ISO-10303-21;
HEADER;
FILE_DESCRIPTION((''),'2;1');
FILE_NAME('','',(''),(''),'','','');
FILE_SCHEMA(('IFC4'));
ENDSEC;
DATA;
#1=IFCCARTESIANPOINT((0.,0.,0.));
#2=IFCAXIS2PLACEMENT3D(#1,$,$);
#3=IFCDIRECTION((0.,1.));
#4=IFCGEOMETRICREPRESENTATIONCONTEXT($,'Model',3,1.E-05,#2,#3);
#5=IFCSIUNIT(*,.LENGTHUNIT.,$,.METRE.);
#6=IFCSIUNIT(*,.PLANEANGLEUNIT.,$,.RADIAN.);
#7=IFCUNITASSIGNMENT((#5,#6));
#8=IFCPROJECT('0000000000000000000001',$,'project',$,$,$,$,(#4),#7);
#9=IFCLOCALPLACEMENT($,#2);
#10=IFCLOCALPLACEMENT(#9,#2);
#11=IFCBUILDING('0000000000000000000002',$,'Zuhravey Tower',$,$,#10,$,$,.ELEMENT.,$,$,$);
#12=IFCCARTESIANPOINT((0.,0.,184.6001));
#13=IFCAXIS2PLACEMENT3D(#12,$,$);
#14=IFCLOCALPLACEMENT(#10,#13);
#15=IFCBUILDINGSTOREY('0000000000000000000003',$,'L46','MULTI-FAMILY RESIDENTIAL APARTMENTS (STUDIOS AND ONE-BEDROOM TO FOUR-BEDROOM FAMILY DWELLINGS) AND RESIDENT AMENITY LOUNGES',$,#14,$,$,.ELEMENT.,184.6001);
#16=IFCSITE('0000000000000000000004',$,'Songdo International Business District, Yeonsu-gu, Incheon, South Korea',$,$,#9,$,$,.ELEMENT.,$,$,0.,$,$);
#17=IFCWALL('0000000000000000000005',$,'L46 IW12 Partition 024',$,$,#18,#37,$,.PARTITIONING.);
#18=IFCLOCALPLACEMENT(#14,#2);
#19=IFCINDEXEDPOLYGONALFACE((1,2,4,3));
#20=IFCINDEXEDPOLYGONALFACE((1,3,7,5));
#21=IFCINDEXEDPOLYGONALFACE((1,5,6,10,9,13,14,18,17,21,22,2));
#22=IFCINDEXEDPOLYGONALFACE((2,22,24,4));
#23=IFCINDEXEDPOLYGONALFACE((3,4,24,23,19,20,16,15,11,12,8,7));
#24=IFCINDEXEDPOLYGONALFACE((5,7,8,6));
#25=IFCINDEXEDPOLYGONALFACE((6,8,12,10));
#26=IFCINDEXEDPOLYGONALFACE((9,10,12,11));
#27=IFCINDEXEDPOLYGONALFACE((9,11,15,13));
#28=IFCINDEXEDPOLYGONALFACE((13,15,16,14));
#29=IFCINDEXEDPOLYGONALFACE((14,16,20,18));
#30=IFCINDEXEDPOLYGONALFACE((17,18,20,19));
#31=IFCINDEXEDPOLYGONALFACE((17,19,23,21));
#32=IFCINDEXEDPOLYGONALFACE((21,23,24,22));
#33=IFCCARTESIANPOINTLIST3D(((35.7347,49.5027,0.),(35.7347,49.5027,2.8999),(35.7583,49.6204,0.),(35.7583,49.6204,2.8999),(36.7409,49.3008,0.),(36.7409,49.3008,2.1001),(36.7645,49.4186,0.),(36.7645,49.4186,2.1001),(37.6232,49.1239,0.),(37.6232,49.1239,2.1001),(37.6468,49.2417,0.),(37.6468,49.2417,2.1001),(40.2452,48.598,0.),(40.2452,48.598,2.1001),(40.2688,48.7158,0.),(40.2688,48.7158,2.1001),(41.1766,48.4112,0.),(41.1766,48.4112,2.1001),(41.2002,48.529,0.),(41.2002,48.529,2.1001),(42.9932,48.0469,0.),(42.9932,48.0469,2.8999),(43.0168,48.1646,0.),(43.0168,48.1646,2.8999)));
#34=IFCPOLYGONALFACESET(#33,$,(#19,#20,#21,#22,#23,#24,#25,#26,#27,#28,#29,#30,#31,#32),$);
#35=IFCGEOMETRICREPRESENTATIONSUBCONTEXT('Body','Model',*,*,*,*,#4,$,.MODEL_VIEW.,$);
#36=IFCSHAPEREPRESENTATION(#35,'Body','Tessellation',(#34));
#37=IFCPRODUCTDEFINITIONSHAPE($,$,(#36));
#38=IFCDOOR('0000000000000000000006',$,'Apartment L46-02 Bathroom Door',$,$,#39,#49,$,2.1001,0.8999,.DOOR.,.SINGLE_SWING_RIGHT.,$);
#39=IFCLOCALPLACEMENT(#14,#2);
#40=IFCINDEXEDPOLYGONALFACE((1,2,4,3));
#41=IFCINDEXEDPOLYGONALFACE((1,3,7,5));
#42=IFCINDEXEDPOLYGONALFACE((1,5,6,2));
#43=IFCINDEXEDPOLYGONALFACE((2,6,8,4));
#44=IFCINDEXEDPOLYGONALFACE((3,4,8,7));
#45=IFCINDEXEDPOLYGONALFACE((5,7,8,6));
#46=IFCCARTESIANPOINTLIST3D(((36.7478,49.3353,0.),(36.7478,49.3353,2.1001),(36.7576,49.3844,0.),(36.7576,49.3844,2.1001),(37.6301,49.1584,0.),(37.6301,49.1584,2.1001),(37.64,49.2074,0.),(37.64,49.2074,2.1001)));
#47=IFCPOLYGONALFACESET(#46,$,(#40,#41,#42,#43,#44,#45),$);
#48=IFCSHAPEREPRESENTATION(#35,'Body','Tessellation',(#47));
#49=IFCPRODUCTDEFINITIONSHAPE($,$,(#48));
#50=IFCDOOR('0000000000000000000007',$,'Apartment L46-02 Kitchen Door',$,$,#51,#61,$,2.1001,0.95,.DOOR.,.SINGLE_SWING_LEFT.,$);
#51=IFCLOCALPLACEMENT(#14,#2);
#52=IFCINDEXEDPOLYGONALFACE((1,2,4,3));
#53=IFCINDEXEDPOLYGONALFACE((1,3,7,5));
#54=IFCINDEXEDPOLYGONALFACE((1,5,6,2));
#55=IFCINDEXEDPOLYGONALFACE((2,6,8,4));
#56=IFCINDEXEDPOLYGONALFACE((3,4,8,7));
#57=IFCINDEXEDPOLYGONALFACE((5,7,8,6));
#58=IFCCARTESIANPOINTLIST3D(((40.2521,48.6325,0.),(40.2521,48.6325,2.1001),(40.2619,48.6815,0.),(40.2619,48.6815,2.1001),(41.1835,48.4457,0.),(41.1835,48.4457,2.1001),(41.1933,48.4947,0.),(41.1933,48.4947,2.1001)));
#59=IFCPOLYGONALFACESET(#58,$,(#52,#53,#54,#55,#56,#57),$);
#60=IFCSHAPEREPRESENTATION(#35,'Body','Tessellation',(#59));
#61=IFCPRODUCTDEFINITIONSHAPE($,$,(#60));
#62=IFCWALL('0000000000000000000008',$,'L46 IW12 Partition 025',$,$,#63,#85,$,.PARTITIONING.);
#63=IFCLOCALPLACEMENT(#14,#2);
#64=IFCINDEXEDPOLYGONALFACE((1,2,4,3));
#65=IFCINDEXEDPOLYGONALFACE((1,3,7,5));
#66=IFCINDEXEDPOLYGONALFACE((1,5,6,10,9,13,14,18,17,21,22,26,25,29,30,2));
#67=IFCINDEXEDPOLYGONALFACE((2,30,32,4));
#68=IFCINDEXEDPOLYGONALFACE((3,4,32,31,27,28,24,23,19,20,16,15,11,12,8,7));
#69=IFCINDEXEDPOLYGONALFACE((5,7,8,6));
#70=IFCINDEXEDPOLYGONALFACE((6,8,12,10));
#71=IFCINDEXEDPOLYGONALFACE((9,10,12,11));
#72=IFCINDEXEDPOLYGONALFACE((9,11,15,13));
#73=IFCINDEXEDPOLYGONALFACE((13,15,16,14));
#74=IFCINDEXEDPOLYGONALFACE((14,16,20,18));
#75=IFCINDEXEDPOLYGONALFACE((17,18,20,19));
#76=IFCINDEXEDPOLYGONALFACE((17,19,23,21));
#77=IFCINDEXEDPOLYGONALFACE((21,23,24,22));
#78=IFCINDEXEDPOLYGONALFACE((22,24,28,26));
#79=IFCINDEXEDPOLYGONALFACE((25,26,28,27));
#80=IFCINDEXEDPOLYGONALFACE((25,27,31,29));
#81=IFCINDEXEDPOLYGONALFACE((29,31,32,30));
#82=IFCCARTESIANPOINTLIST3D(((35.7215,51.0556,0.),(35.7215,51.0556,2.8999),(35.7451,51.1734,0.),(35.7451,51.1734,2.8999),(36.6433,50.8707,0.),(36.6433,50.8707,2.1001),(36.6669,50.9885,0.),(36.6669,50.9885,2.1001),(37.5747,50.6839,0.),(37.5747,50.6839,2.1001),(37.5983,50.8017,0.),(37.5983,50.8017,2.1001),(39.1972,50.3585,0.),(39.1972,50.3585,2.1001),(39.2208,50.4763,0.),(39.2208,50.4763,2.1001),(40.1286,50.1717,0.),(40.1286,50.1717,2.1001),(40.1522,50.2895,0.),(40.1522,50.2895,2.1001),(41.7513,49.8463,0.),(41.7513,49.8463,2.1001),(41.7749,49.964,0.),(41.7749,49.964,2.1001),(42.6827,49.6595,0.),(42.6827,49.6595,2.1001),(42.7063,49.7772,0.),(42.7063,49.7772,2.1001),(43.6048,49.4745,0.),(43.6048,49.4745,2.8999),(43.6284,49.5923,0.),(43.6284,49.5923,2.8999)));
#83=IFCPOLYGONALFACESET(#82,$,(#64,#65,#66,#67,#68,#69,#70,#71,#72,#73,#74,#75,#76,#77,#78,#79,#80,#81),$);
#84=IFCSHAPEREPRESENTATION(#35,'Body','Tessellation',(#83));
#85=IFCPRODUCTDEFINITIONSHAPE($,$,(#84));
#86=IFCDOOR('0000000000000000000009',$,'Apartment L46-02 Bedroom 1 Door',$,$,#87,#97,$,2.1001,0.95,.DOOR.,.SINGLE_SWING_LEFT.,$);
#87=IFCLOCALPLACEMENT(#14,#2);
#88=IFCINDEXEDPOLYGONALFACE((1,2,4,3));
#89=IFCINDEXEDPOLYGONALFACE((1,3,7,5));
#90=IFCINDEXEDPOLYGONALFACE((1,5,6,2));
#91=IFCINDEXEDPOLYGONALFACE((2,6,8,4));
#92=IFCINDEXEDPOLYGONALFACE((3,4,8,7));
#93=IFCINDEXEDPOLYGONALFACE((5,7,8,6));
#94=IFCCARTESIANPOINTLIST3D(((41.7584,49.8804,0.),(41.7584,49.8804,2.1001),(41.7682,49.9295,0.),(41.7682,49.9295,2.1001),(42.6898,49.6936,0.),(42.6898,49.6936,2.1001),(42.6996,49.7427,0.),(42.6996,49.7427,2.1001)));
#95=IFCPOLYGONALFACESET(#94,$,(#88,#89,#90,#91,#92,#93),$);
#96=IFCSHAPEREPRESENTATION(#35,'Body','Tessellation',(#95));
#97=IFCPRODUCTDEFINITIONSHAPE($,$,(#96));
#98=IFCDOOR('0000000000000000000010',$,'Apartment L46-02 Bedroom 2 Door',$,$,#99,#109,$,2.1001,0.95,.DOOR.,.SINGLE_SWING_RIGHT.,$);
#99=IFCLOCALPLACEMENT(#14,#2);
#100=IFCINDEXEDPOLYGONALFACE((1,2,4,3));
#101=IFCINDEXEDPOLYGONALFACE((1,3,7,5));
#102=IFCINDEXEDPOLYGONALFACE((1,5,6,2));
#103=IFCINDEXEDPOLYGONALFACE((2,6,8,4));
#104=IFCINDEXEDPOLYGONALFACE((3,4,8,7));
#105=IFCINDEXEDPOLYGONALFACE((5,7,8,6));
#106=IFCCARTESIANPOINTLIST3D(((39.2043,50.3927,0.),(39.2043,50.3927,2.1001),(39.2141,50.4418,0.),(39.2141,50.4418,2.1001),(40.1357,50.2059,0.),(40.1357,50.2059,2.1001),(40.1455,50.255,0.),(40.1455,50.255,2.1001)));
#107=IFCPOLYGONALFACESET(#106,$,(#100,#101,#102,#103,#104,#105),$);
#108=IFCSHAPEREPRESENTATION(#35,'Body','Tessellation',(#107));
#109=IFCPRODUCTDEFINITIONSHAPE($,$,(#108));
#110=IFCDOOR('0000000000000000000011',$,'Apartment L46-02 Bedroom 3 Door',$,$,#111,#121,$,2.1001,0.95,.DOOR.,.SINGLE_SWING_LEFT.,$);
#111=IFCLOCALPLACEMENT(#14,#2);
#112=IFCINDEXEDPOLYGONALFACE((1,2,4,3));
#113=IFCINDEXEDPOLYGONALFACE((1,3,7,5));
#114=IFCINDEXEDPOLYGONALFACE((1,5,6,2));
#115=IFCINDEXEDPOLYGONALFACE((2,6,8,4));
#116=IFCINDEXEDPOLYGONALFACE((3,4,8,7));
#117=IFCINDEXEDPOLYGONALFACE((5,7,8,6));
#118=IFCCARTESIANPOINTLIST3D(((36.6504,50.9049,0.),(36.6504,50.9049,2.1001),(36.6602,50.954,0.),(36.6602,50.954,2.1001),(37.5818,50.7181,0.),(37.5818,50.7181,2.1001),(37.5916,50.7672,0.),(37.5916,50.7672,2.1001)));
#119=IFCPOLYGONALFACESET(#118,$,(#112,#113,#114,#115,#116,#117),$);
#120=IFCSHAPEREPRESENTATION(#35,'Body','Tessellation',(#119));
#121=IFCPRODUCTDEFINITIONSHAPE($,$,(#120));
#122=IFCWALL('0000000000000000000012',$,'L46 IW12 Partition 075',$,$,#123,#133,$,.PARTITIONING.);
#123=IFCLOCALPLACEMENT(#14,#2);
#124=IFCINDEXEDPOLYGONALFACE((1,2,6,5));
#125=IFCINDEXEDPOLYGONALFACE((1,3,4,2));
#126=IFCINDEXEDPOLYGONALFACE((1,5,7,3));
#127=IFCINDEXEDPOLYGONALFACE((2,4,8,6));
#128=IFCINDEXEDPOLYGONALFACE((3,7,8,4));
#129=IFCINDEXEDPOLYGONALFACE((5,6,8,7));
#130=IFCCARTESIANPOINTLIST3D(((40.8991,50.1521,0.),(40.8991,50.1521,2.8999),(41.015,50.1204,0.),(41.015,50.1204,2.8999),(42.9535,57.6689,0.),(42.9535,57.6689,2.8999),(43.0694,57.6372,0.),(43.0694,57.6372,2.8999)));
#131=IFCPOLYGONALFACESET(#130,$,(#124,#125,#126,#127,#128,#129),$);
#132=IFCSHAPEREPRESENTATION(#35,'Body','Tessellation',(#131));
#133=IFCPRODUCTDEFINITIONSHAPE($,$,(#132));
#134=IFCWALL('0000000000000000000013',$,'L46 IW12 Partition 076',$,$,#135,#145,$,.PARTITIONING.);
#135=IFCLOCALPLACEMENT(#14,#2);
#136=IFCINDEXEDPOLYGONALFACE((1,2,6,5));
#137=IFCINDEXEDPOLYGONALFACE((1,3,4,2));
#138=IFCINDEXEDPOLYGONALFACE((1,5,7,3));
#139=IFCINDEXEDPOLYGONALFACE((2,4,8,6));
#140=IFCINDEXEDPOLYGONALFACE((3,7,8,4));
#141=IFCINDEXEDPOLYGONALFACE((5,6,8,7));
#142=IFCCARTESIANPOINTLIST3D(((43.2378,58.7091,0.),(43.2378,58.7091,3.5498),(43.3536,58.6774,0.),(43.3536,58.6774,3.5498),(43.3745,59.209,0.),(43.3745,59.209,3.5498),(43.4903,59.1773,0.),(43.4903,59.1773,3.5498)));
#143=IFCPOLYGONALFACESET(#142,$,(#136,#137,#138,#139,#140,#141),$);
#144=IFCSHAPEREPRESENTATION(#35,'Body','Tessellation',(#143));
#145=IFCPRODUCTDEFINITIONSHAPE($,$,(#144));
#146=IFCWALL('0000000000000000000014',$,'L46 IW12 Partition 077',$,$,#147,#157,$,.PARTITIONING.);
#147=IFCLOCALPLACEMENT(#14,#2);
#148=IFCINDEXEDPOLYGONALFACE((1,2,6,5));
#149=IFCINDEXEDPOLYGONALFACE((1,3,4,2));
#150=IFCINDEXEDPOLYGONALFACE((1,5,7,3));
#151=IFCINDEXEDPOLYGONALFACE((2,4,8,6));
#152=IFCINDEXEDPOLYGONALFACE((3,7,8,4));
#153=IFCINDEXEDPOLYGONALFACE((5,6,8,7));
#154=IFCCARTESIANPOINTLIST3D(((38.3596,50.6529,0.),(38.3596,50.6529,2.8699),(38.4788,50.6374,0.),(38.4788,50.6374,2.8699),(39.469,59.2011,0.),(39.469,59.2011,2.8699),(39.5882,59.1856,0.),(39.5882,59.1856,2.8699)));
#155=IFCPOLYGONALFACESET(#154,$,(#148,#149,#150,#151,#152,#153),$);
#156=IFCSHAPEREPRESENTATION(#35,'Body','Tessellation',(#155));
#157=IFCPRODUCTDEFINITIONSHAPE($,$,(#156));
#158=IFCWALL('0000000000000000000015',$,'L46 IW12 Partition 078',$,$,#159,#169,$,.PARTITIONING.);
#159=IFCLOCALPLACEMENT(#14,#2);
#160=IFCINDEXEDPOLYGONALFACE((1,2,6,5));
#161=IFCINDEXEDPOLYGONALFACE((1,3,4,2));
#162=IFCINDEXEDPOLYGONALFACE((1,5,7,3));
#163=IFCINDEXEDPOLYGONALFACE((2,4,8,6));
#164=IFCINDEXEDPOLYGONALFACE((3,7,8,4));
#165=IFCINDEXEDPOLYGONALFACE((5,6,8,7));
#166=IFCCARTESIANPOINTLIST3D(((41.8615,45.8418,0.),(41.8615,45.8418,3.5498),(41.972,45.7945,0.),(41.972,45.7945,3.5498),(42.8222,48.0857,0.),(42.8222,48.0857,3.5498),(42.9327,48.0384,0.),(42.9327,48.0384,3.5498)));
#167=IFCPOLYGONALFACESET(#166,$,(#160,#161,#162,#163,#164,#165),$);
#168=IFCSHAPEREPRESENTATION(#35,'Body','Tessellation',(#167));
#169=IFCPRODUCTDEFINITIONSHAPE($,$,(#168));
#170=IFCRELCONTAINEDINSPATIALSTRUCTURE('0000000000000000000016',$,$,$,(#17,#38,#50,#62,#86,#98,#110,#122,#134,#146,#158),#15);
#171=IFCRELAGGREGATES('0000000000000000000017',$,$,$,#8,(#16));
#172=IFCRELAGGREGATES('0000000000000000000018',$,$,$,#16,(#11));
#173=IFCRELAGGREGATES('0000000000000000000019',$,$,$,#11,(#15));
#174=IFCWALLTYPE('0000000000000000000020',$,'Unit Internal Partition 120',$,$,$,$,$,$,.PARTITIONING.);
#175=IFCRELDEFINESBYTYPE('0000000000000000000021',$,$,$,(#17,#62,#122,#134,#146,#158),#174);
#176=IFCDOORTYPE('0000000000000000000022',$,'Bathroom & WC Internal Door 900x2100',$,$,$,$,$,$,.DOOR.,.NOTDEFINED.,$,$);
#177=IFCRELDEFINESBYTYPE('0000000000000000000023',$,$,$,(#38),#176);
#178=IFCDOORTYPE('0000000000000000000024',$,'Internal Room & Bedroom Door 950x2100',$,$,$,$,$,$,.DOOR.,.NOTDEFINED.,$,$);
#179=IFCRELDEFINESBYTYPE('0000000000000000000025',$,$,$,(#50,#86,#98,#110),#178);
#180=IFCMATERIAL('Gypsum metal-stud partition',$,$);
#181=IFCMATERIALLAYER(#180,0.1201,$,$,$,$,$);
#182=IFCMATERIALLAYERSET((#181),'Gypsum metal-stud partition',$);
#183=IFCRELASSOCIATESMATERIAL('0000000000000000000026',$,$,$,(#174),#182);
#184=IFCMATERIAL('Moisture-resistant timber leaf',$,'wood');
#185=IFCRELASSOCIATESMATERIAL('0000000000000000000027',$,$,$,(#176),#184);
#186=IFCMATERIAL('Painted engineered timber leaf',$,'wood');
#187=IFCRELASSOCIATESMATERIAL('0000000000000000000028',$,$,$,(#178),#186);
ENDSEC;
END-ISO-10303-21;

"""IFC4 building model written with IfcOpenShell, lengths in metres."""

from ifc_helpers import new_model, si_unit, direction, frame, frame_2d, origin, place, context, subcontext, project, spatial, rectangle, extrude, material, layer, layer_set, type_object, element, fill, save


model = new_model("IFC4")

# Units and contexts
model_context = context("Model", 3, precision=1e-05, world=origin(), true_north=direction((0.0, 1.0)))
body_context = subcontext(model_context, "Body", "Model", "MODEL_VIEW")
ifc_project = project(units=[si_unit("LENGTHUNIT", "METRE"), si_unit("PLANEANGLEUNIT", "RADIAN")], contexts=[model_context])

# Site, building, storey
site_placement = place(None, origin())
site = spatial("IfcSite", under=ifc_project, at=site_placement, Name="Songdo International Business District, Yeonsu-gu, Incheon, South Korea", CompositionType="ELEMENT", RefElevation=0.0)
building_placement = place(site_placement, origin())
building = spatial("IfcBuilding", under=site, at=building_placement, Name="Zuhravey Tower", CompositionType="ELEMENT")
storey_placement = place(building_placement, frame((0.0, 0.0, 184.6001)))
storey = spatial("IfcBuildingStorey", under=building, at=storey_placement, Name="L46", Description="MULTI-FAMILY RESIDENTIAL APARTMENTS (STUDIOS AND ONE-BEDROOM TO FOUR-BEDROOM FAMILY DWELLINGS) AND RESIDENT AMENITY LOUNGES", CompositionType="ELEMENT", Elevation=184.6001)

# Walls, openings, doors
ifc_material_1 = material(Name="Gypsum metal-stud partition")
ifc_layer_1 = layer(ifc_material_1, 0.1201)
ifc_layer_set_1 = layer_set([ifc_layer_1], Name="Gypsum metal-stud partition")
wall_type_1 = type_object("IfcWallType", Name="Unit Internal Partition 120", PredefinedType="PARTITIONING", material=ifc_layer_set_1)
wall_1_placement = place(storey_placement, frame((43.0051, 48.1057, 0.0), z_axis=(0.0, 0.0, 1.0), x_axis=(-0.980474, 0.196649, 0.0)))
wall_1 = element("IfcWall", 1, at=wall_1_placement, inside=storey, type_object=wall_type_1, Name="L46 IW12 Partition 024", PredefinedType="PARTITIONING", context=body_context, shape_type="SweptSolid", body=[
    extrude(rectangle(XDim=7.4031, YDim=0.1201, at=frame_2d((3.7017, 0.0))), origin(), (0.0, 0.0, 1.0), 2.8999),
])
opening_1_placement = place(wall_1_placement, frame((1.8528, 0.0, 0.0)))
opening_1 = element("IfcOpeningElement", 2, at=opening_1_placement, cuts=wall_1, PredefinedType="OPENING", context=body_context, shape_type="SweptSolid", body=[
    extrude(rectangle(XDim=0.95, YDim=2.1001, at=frame_2d((0.4751, 1.05))), frame((0.0, 0.072, 0.0), z_axis=(0.0, -1.0, 0.0), x_axis=(1.0, 0.0, 0.0)), (0.0, 0.0, 1.0), 0.144),
])
opening_2_placement = place(wall_1_placement, frame((5.4771, 0.0, 0.0)))
opening_2 = element("IfcOpeningElement", 3, at=opening_2_placement, cuts=wall_1, PredefinedType="OPENING", context=body_context, shape_type="SweptSolid", body=[
    extrude(rectangle(XDim=0.8999, YDim=2.1001, at=frame_2d((0.45, 1.05))), frame((0.0, 0.072, 0.0), z_axis=(0.0, -1.0, 0.0), x_axis=(1.0, 0.0, 0.0)), (0.0, 0.0, 1.0), 0.144),
])
ifc_material_2 = material(Name="Moisture-resistant timber leaf", Category="wood")
door_type_1 = type_object("IfcDoorType", Name="Bathroom & WC Internal Door 900x2100", OperationType="NOTDEFINED", PredefinedType="DOOR", material=ifc_material_2)
door_1_placement = place(opening_2_placement, origin())
door_1 = element("IfcDoor", 4, at=door_1_placement, inside=storey, type_object=door_type_1, Name="Apartment L46-02 Bathroom Door", OperationType="SINGLE_SWING_RIGHT", OverallHeight=2.1001, OverallWidth=0.8999, PredefinedType="DOOR", context=body_context, shape_type="SweptSolid", body=[
    extrude(rectangle(XDim=0.8999, YDim=2.1001, at=frame_2d((0.45, 1.05))), frame((0.0, 0.0249, 0.0), z_axis=(0.0, -1.0, 0.0), x_axis=(1.0, 0.0, 0.0)), (0.0, 0.0, 1.0), 0.05),
])
fill(opening_2, door_1)
ifc_material_3 = material(Name="Painted engineered timber leaf", Category="wood")
door_type_2 = type_object("IfcDoorType", Name="Internal Room & Bedroom Door 950x2100", OperationType="NOTDEFINED", PredefinedType="DOOR", material=ifc_material_3)
door_2_placement = place(opening_1_placement, origin())
door_2 = element("IfcDoor", 5, at=door_2_placement, inside=storey, type_object=door_type_2, Name="Apartment L46-02 Kitchen Door", OperationType="SINGLE_SWING_LEFT", OverallHeight=2.1001, OverallWidth=0.95, PredefinedType="DOOR", context=body_context, shape_type="SweptSolid", body=[
    extrude(rectangle(XDim=0.95, YDim=2.1001, at=frame_2d((0.4751, 1.05))), frame((0.0, 0.0249, 0.0), z_axis=(0.0, -1.0, 0.0), x_axis=(1.0, 0.0, 0.0)), (0.0, 0.0, 1.0), 0.05),
])
fill(opening_1, door_2)
wall_2_placement = place(storey_placement, frame((43.6165, 49.5334, 0.0), z_axis=(0.0, 0.0, 1.0), x_axis=(-0.980475, 0.196642, 0.0)))
wall_2 = element("IfcWall", 6, at=wall_2_placement, inside=storey, type_object=wall_type_1, Name="L46 IW12 Partition 025", PredefinedType="PARTITIONING", context=body_context, shape_type="SweptSolid", body=[
    extrude(rectangle(XDim=8.0403, YDim=0.1201, at=frame_2d((4.02, 0.0))), origin(), (0.0, 0.0, 1.0), 2.8999),
])
opening_3_placement = place(wall_2_placement, frame((0.9402, 0.0, 0.0)))
opening_3 = element("IfcOpeningElement", 7, at=opening_3_placement, cuts=wall_2, PredefinedType="OPENING", context=body_context, shape_type="SweptSolid", body=[
    extrude(rectangle(XDim=0.95, YDim=2.1001, at=frame_2d((0.4751, 1.05))), frame((0.0, 0.072, 0.0), z_axis=(0.0, -1.0, 0.0), x_axis=(1.0, 0.0, 0.0)), (0.0, 0.0, 1.0), 0.144),
])
opening_4_placement = place(wall_2_placement, frame((3.5452, 0.0, 0.0)))
opening_4 = element("IfcOpeningElement", 8, at=opening_4_placement, cuts=wall_2, PredefinedType="OPENING", context=body_context, shape_type="SweptSolid", body=[
    extrude(rectangle(XDim=0.95, YDim=2.1001, at=frame_2d((0.4751, 1.05))), frame((0.0, 0.072, 0.0), z_axis=(0.0, -1.0, 0.0), x_axis=(1.0, 0.0, 0.0)), (0.0, 0.0, 1.0), 0.144),
])
opening_5_placement = place(wall_2_placement, frame((6.1499, 0.0, 0.0)))
opening_5 = element("IfcOpeningElement", 9, at=opening_5_placement, cuts=wall_2, PredefinedType="OPENING", context=body_context, shape_type="SweptSolid", body=[
    extrude(rectangle(XDim=0.95, YDim=2.1001, at=frame_2d((0.4751, 1.05))), frame((0.0, 0.072, 0.0), z_axis=(0.0, -1.0, 0.0), x_axis=(1.0, 0.0, 0.0)), (0.0, 0.0, 1.0), 0.144),
])
door_3_placement = place(opening_3_placement, frame((0.95, 0.0, 0.0), z_axis=(0.0, 0.0, 1.0), x_axis=(-1.0, 0.0, 0.0)))
door_3 = element("IfcDoor", 10, at=door_3_placement, inside=storey, type_object=door_type_2, Name="Apartment L46-02 Bedroom 1 Door", OperationType="SINGLE_SWING_LEFT", OverallHeight=2.1001, OverallWidth=0.95, PredefinedType="DOOR", context=body_context, shape_type="SweptSolid", body=[
    extrude(rectangle(XDim=0.95, YDim=2.1001, at=frame_2d((0.4751, 1.05))), frame((0.0, 0.0249, 0.0), z_axis=(0.0, -1.0, 0.0), x_axis=(1.0, 0.0, 0.0)), (0.0, 0.0, 1.0), 0.05),
])
fill(opening_3, door_3)
door_4_placement = place(opening_4_placement, frame((0.95, 0.0, 0.0), z_axis=(0.0, 0.0, 1.0), x_axis=(-1.0, 0.0, 0.0)))
door_4 = element("IfcDoor", 11, at=door_4_placement, inside=storey, type_object=door_type_2, Name="Apartment L46-02 Bedroom 2 Door", OperationType="SINGLE_SWING_RIGHT", OverallHeight=2.1001, OverallWidth=0.95, PredefinedType="DOOR", context=body_context, shape_type="SweptSolid", body=[
    extrude(rectangle(XDim=0.95, YDim=2.1001, at=frame_2d((0.4751, 1.05))), frame((0.0, 0.0249, 0.0), z_axis=(0.0, -1.0, 0.0), x_axis=(1.0, 0.0, 0.0)), (0.0, 0.0, 1.0), 0.05),
])
fill(opening_4, door_4)
door_5_placement = place(opening_5_placement, frame((0.95, 0.0, 0.0), z_axis=(0.0, 0.0, 1.0), x_axis=(-1.0, 0.0, 0.0)))
door_5 = element("IfcDoor", 12, at=door_5_placement, inside=storey, type_object=door_type_2, Name="Apartment L46-02 Bedroom 3 Door", OperationType="SINGLE_SWING_LEFT", OverallHeight=2.1001, OverallWidth=0.95, PredefinedType="DOOR", context=body_context, shape_type="SweptSolid", body=[
    extrude(rectangle(XDim=0.95, YDim=2.1001, at=frame_2d((0.4751, 1.05))), frame((0.0, 0.0249, 0.0), z_axis=(0.0, -1.0, 0.0), x_axis=(1.0, 0.0, 0.0)), (0.0, 0.0, 1.0), 0.05),
])
fill(opening_5, door_5)

# Walls
wall_3_placement = place(storey_placement, frame((40.957, 50.1362, 0.0), z_axis=(0.0, 0.0, 1.0), x_axis=(0.263642, 0.964621, 0.0)))
element("IfcWall", 13, at=wall_3_placement, inside=storey, type_object=wall_type_1, Name="L46 IW12 Partition 075", PredefinedType="PARTITIONING", context=body_context, shape_type="SweptSolid", body=[
    extrude(rectangle(XDim=7.7925, YDim=0.1201, at=frame_2d((3.8962, 0.0))), origin(), (0.0, 0.0, 1.0), 2.8999),
])
wall_4_placement = place(storey_placement, frame((43.2957, 58.6931, 0.0), z_axis=(0.0, 0.0, 1.0), x_axis=(0.263755, 0.96459, 0.0)))
element("IfcWall", 14, at=wall_4_placement, inside=storey, type_object=wall_type_1, Name="L46 IW12 Partition 076", PredefinedType="PARTITIONING", context=body_context, shape_type="SweptSolid", body=[
    extrude(rectangle(XDim=0.5183, YDim=0.1201, at=frame_2d((0.2593, 0.0))), origin(), (0.0, 0.0, 1.0), 3.5498),
])
wall_5_placement = place(storey_placement, frame((38.4192, 50.645, 0.0), z_axis=(0.0, 0.0, 1.0), x_axis=(0.128701, 0.991683, 0.0)))
element("IfcWall", 15, at=wall_5_placement, inside=storey, type_object=wall_type_1, Name="L46 IW12 Partition 077", PredefinedType="PARTITIONING", context=body_context, shape_type="SweptSolid", body=[
    extrude(rectangle(XDim=8.6199, YDim=0.1201, at=frame_2d((4.3101, 0.0))), origin(), (0.0, 0.0, 1.0), 2.8699),
])
wall_6_placement = place(storey_placement, frame((41.9167, 45.8181, 0.0), z_axis=(0.0, 0.0, 1.0), x_axis=(0.393581, 0.91929, 0.0)))
element("IfcWall", 16, at=wall_6_placement, inside=storey, type_object=wall_type_1, Name="L46 IW12 Partition 078", PredefinedType="PARTITIONING", context=body_context, shape_type="SweptSolid", body=[
    extrude(rectangle(XDim=2.4409, YDim=0.1201, at=frame_2d((1.2205, 0.0))), origin(), (0.0, 0.0, 1.0), 3.5498),
])

save(model, "model.ifc")
